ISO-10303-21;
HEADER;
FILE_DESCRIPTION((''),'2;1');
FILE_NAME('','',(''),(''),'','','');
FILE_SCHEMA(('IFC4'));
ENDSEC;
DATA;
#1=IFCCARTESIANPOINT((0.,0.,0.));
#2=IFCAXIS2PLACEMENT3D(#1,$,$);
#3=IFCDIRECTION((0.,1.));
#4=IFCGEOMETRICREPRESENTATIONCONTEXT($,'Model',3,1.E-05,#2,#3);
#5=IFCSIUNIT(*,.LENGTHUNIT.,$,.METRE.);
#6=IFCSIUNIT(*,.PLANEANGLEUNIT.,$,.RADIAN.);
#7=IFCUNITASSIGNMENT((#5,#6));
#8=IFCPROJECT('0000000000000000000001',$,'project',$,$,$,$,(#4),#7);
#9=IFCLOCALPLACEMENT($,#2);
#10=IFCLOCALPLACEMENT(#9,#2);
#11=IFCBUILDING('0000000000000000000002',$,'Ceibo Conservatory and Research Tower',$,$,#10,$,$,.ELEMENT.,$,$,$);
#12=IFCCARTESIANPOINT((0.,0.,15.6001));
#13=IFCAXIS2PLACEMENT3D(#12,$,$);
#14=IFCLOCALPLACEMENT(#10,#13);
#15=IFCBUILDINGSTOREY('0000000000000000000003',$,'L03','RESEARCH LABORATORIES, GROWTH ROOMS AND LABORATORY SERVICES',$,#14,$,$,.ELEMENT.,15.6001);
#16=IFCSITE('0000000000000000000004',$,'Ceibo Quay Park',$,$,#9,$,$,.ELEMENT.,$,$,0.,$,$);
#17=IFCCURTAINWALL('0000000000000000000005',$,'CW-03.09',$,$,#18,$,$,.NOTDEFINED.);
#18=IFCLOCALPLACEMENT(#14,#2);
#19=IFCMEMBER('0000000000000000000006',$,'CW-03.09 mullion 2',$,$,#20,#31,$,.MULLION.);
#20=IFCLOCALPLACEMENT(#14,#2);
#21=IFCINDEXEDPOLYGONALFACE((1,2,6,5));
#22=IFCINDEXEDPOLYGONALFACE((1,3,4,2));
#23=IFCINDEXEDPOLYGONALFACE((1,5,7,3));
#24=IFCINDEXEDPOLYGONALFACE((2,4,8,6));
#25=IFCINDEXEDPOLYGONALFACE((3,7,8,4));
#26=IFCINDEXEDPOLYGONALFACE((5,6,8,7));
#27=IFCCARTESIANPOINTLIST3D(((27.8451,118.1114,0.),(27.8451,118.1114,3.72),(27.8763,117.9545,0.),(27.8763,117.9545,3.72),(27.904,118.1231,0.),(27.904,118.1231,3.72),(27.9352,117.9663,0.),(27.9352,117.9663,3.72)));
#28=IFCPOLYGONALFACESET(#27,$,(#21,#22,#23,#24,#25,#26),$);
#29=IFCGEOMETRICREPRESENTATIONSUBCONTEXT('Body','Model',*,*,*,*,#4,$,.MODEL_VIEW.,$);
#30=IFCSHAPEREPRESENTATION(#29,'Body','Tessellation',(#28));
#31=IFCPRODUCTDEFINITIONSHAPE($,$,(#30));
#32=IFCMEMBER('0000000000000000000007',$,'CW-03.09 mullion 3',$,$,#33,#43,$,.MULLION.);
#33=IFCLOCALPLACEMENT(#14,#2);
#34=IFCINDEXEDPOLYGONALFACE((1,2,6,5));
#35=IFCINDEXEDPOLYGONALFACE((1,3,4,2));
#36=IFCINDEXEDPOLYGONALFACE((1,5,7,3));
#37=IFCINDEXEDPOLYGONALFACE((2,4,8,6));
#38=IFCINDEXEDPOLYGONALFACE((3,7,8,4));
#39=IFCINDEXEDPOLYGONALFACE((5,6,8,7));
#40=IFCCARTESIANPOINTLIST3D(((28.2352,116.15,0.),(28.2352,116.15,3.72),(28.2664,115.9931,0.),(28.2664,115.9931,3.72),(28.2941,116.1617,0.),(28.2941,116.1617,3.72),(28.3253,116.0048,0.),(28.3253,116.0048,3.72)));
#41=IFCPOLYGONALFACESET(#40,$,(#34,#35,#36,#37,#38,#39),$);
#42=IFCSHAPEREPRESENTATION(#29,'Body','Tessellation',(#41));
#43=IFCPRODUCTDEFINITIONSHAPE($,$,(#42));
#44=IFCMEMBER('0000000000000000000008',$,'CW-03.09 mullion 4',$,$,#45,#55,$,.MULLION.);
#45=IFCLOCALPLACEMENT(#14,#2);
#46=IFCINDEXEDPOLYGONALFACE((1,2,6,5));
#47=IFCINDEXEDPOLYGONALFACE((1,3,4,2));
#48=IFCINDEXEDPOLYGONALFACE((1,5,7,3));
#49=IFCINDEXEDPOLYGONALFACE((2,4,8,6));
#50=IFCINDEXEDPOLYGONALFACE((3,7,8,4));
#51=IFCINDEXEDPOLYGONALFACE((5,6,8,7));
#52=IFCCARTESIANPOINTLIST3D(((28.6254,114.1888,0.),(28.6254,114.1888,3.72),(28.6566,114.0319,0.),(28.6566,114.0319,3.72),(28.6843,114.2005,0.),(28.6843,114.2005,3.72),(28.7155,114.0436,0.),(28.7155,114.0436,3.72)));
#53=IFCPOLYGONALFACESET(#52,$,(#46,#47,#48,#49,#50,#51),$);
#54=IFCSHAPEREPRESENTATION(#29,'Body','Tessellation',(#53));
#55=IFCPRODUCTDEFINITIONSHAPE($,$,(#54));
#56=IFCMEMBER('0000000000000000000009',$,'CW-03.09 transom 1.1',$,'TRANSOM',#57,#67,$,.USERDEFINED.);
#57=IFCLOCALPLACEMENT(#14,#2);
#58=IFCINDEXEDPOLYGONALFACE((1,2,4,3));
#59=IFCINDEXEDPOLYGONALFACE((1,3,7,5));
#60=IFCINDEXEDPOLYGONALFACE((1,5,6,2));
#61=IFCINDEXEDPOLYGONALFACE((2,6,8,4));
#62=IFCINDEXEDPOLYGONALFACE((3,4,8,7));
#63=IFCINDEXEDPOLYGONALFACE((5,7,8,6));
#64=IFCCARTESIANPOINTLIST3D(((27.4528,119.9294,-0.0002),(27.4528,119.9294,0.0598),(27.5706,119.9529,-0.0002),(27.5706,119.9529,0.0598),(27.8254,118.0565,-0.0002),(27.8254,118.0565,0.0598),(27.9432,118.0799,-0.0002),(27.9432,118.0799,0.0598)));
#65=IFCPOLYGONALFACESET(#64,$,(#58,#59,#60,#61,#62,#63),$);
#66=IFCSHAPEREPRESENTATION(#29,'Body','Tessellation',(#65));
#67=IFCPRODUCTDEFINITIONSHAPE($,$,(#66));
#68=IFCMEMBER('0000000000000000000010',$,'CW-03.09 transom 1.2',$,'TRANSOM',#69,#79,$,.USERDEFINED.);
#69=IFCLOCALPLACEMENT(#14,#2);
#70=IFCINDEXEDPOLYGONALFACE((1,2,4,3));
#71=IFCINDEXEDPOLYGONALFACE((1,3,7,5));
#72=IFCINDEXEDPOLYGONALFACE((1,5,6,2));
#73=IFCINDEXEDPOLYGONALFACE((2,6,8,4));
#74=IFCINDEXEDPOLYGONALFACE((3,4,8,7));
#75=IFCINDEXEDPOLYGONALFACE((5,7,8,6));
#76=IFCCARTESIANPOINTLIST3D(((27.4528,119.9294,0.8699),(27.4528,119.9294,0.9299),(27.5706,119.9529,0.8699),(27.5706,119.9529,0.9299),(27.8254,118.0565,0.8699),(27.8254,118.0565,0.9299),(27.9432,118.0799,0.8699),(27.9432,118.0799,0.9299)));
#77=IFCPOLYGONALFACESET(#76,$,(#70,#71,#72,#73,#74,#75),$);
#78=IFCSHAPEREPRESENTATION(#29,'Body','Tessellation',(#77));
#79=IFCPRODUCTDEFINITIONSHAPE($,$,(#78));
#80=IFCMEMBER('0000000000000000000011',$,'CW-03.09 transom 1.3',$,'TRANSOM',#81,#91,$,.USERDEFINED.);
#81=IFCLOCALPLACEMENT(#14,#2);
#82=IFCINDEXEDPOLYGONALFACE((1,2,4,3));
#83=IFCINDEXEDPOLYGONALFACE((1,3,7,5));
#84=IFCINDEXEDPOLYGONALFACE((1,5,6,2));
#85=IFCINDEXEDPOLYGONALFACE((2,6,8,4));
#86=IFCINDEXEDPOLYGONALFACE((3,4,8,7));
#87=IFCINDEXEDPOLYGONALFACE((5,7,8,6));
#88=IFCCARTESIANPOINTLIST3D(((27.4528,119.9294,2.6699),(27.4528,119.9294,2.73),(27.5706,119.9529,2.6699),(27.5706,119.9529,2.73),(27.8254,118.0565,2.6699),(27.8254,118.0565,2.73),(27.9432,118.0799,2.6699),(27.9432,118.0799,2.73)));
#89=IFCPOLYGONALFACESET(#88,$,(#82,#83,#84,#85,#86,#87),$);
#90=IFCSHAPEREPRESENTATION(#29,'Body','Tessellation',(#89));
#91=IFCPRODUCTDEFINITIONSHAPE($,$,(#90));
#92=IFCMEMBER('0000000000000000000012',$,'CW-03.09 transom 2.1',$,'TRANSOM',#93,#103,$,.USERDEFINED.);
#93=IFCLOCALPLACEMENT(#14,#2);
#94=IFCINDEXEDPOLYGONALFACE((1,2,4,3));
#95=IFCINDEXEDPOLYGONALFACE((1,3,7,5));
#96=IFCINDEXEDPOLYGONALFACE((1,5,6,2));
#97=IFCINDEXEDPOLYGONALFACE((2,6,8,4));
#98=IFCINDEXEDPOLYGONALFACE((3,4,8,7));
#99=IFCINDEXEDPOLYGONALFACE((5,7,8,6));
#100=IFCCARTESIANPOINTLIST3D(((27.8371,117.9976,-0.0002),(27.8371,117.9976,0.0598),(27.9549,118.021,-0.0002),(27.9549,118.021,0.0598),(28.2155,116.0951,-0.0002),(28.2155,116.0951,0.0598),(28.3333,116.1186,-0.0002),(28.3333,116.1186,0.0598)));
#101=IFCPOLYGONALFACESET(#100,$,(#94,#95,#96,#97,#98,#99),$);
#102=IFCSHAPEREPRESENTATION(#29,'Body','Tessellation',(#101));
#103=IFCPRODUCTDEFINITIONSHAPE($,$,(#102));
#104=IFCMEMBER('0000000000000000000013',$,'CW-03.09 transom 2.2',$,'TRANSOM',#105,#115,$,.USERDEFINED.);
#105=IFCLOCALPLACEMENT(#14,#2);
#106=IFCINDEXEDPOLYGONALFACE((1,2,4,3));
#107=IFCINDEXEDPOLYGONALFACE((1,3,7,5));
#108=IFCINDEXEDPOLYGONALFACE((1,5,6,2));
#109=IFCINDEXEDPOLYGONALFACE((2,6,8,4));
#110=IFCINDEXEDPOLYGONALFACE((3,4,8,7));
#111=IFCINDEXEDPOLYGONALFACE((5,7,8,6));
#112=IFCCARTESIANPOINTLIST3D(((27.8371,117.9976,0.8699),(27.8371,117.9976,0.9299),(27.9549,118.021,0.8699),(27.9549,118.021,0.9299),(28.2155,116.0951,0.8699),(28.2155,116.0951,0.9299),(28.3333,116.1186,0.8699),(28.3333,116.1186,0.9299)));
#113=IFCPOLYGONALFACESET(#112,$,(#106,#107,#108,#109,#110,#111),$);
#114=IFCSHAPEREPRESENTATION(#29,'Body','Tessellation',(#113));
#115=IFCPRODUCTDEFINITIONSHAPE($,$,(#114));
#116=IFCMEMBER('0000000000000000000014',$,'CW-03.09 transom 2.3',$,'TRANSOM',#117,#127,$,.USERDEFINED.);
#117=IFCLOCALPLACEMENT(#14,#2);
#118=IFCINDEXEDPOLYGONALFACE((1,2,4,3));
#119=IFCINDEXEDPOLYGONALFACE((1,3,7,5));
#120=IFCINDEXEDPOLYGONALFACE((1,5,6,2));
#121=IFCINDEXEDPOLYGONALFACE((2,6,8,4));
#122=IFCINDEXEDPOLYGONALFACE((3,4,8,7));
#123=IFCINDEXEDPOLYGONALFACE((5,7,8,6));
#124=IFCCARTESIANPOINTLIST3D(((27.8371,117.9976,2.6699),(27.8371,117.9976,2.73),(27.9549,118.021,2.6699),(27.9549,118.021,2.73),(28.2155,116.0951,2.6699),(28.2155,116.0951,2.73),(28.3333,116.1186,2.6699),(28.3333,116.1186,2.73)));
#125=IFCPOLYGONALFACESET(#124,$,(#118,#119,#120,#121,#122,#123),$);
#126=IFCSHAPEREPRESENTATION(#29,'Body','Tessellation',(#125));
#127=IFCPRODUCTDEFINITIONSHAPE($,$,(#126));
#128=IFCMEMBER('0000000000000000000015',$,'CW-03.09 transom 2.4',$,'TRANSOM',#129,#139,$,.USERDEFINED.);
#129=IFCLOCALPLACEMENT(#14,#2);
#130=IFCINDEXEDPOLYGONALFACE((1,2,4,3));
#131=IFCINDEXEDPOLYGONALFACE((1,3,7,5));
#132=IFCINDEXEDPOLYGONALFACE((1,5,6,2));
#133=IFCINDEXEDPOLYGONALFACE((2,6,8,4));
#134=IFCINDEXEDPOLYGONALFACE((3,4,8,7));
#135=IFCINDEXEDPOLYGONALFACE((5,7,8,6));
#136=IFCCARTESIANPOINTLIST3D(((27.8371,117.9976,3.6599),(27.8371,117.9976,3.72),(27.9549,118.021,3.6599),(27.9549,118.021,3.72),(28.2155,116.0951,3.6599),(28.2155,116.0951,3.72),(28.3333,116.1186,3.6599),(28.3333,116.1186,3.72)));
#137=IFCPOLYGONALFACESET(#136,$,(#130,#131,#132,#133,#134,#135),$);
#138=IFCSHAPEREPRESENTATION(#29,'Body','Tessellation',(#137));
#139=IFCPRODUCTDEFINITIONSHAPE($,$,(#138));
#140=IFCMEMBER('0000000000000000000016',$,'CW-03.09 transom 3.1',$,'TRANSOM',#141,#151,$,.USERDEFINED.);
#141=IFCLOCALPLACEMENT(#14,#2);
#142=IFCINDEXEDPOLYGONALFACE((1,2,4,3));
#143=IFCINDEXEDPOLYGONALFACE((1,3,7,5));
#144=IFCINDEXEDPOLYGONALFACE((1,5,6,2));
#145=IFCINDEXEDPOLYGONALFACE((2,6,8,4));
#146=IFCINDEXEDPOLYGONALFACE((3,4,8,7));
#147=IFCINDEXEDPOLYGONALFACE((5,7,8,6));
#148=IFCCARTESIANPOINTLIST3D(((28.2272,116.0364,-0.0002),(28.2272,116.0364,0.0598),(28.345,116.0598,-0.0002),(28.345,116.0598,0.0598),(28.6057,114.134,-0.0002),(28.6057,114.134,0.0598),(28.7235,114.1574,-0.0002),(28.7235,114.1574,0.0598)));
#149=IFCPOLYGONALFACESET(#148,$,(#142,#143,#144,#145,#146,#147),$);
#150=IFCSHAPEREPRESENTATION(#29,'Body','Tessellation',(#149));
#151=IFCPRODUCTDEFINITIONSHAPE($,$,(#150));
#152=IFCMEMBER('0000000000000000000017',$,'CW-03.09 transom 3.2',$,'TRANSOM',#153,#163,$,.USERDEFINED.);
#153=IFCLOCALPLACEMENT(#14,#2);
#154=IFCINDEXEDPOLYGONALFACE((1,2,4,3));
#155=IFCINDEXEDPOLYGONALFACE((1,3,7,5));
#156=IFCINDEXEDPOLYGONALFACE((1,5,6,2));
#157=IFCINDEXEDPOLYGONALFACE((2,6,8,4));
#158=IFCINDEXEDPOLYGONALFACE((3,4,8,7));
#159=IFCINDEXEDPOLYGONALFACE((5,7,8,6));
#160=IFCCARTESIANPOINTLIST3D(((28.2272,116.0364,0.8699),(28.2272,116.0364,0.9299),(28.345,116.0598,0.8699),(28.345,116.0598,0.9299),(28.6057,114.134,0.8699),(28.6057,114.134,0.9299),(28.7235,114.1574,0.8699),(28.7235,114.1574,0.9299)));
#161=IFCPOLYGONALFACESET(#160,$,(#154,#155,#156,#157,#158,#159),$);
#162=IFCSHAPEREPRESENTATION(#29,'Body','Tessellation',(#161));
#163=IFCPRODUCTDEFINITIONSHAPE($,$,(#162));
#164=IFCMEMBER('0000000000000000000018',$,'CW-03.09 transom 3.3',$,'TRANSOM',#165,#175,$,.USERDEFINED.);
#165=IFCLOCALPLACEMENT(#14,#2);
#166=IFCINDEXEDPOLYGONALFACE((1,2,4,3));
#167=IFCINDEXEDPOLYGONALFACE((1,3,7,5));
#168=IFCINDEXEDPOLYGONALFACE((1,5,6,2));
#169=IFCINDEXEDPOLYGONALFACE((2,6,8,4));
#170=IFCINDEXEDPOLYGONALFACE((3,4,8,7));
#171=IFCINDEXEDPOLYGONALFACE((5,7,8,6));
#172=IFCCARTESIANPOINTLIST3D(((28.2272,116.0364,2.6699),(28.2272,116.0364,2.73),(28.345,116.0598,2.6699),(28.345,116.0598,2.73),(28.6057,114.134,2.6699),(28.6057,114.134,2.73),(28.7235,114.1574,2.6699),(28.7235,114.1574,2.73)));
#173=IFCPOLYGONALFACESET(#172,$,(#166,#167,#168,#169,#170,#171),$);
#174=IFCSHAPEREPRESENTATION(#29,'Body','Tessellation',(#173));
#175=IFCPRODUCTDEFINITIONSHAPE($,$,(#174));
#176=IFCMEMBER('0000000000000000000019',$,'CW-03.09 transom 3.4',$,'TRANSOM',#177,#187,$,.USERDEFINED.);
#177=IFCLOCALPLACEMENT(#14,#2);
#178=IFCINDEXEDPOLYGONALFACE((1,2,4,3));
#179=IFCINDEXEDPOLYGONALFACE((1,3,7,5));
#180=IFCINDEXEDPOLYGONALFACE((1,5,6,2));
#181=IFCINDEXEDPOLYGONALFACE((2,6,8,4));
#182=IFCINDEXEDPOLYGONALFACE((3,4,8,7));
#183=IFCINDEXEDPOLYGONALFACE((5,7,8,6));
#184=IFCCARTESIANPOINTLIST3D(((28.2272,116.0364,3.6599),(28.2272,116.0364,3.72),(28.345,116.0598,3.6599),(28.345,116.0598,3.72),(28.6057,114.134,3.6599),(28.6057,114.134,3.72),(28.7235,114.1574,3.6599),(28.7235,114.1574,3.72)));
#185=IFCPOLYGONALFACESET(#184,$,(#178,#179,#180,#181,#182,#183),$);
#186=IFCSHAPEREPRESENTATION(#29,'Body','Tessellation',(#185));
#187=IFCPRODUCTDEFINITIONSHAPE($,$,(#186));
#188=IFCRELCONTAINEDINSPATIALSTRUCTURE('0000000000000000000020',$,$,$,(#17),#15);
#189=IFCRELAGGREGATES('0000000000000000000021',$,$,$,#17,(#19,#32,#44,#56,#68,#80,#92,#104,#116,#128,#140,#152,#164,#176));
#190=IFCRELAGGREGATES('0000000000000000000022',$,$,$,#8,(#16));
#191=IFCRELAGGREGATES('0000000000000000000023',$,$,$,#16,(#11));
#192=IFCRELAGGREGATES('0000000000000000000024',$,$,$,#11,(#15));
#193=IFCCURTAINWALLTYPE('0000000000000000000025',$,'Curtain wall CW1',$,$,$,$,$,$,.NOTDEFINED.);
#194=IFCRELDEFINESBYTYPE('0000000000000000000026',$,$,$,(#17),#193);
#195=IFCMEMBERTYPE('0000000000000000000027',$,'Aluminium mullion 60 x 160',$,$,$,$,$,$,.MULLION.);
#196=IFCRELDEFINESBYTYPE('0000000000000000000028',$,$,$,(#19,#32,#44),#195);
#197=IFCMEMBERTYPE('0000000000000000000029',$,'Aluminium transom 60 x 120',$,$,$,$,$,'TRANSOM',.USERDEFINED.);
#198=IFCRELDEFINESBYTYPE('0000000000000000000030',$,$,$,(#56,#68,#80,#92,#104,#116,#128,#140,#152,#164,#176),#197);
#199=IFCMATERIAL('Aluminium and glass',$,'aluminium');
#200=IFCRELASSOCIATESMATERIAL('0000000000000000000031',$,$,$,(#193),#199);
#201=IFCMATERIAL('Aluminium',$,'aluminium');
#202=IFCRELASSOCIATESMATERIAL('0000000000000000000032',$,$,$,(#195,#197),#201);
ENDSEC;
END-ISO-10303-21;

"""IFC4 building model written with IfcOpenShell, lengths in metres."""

from ifc_helpers import new_model, si_unit, direction, frame, origin, origin_2d, place, context, subcontext, project, spatial, rectangle, extrude, material, material_profile, profile_set, type_object, element, aggregate, save


model = new_model("IFC4")

# Units and contexts
model_context = context("Model", 3, precision=1e-05, world=origin(), true_north=direction((0.0, 1.0)))
body_context = subcontext(model_context, "Body", "Model", "MODEL_VIEW")
ifc_project = project(units=[si_unit("LENGTHUNIT", "METRE"), si_unit("PLANEANGLEUNIT", "RADIAN")], contexts=[model_context])

# Site, building, storey
site_placement = place(None, origin())
site = spatial("IfcSite", under=ifc_project, at=site_placement, Name="Ceibo Quay Park", CompositionType="ELEMENT", RefElevation=0.0)
building_placement = place(site_placement, origin())
building = spatial("IfcBuilding", under=site, at=building_placement, Name="Ceibo Conservatory and Research Tower", CompositionType="ELEMENT")
storey_placement = place(building_placement, frame((0.0, 0.0, 15.6001)))
storey = spatial("IfcBuildingStorey", under=building, at=storey_placement, Name="L03", Description="RESEARCH LABORATORIES, GROWTH ROOMS AND LABORATORY SERVICES", CompositionType="ELEMENT", Elevation=15.6001)

# Curtain wall, members
ifc_material_1 = material(Name="Aluminium and glass", Category="aluminium")
curtain_wall_type = type_object("IfcCurtainWallType", Name="Curtain wall CW1", PredefinedType="NOTDEFINED", material=ifc_material_1)
curtain_wall_placement = place(storey_placement, origin())
curtain_wall = element("IfcCurtainWall", 1, at=curtain_wall_placement, inside=storey, type_object=curtain_wall_type, Name="CW-03.09", PredefinedType="NOTDEFINED")
ifc_material_2 = material(Name="Aluminium", Category="aluminium")
ifc_material_profile_1 = material_profile(ifc_material_2, rectangle(XDim=0.0601, YDim=0.1599, at=origin_2d()), Name="Aluminium 60 x 160")
ifc_profile_set_1 = profile_set([ifc_material_profile_1], Name="Aluminium")
member_type_1 = type_object("IfcMemberType", Name="Aluminium mullion 60 x 160", PredefinedType="MULLION", material=ifc_profile_set_1)
member_1_placement = place(storey_placement, frame((27.8901, 118.0388, 0.0), z_axis=(0.0, 0.0, 1.0), x_axis=(0.980785, 0.19509, 0.0)))
member_1 = element("IfcMember", 2, at=member_1_placement, type_object=member_type_1, Name="CW-03.09 mullion 2", PredefinedType="MULLION", context=body_context, shape_type="SweptSolid", body=[
    extrude(rectangle(XDim=0.0601, YDim=0.1599, at=origin_2d()), origin(), (0.0, 0.0, 1.0), 3.72),
])
member_2_placement = place(storey_placement, frame((28.2803, 116.0774, 0.0), z_axis=(0.0, 0.0, 1.0), x_axis=(0.980785, 0.19509, 0.0)))
member_2 = element("IfcMember", 3, at=member_2_placement, type_object=member_type_1, Name="CW-03.09 mullion 3", PredefinedType="MULLION", context=body_context, shape_type="SweptSolid", body=[
    extrude(rectangle(XDim=0.0601, YDim=0.1599, at=origin_2d()), origin(), (0.0, 0.0, 1.0), 3.72),
])
member_3_placement = place(storey_placement, frame((28.6704, 114.1162, 0.0), z_axis=(0.0, 0.0, 1.0), x_axis=(0.980785, 0.19509, 0.0)))
member_3 = element("IfcMember", 4, at=member_3_placement, type_object=member_type_1, Name="CW-03.09 mullion 4", PredefinedType="MULLION", context=body_context, shape_type="SweptSolid", body=[
    extrude(rectangle(XDim=0.0601, YDim=0.1599, at=origin_2d()), origin(), (0.0, 0.0, 1.0), 3.72),
])
ifc_material_profile_2 = material_profile(ifc_material_2, rectangle(XDim=0.1201, YDim=0.0601, at=origin_2d()), Name="Aluminium 60 x 120")
ifc_profile_set_2 = profile_set([ifc_material_profile_2], Name="Aluminium")
member_type_2 = type_object("IfcMemberType", Name="Aluminium transom 60 x 120", ElementType="TRANSOM", PredefinedType="USERDEFINED", material=ifc_profile_set_2)
member_4_placement = place(storey_placement, frame((27.5117, 119.9412, 0.0298), z_axis=(0.195083, -0.980787, 0.0), x_axis=(0.980787, 0.195083, 0.0)))
member_4 = element("IfcMember", 5, at=member_4_placement, type_object=member_type_2, Name="CW-03.09 transom 1.1", ObjectType="TRANSOM", PredefinedType="USERDEFINED", context=body_context, shape_type="SweptSolid", body=[
    extrude(rectangle(XDim=0.1201, YDim=0.0601, at=origin_2d()), origin(), (0.0, 0.0, 1.0), 1.9097),
])
member_5_placement = place(storey_placement, frame((27.5117, 119.9412, 0.8999), z_axis=(0.195083, -0.980787, 0.0), x_axis=(0.980787, 0.195083, 0.0)))
member_5 = element("IfcMember", 6, at=member_5_placement, type_object=member_type_2, Name="CW-03.09 transom 1.2", ObjectType="TRANSOM", PredefinedType="USERDEFINED", context=body_context, shape_type="SweptSolid", body=[
    extrude(rectangle(XDim=0.1201, YDim=0.0601, at=origin_2d()), origin(), (0.0, 0.0, 1.0), 1.9097),
])
member_6_placement = place(storey_placement, frame((27.5117, 119.9412, 2.7), z_axis=(0.195083, -0.980787, 0.0), x_axis=(0.980787, 0.195083, 0.0)))
member_6 = element("IfcMember", 7, at=member_6_placement, type_object=member_type_2, Name="CW-03.09 transom 1.3", ObjectType="TRANSOM", PredefinedType="USERDEFINED", context=body_context, shape_type="SweptSolid", body=[
    extrude(rectangle(XDim=0.1201, YDim=0.0601, at=origin_2d()), origin(), (0.0, 0.0, 1.0), 1.9097),
])
member_7_placement = place(storey_placement, frame((27.896, 118.0093, 0.0298), z_axis=(0.195099, -0.980783, 0.0), x_axis=(0.980783, 0.195099, 0.0)))
member_7 = element("IfcMember", 8, at=member_7_placement, type_object=member_type_2, Name="CW-03.09 transom 2.1", ObjectType="TRANSOM", PredefinedType="USERDEFINED", context=body_context, shape_type="SweptSolid", body=[
    extrude(rectangle(XDim=0.1201, YDim=0.0601, at=origin_2d()), origin(), (0.0, 0.0, 1.0), 1.9397),
])
member_8_placement = place(storey_placement, frame((27.896, 118.0093, 0.8999), z_axis=(0.195099, -0.980783, 0.0), x_axis=(0.980783, 0.195099, 0.0)))
member_8 = element("IfcMember", 9, at=member_8_placement, type_object=member_type_2, Name="CW-03.09 transom 2.2", ObjectType="TRANSOM", PredefinedType="USERDEFINED", context=body_context, shape_type="SweptSolid", body=[
    extrude(rectangle(XDim=0.1201, YDim=0.0601, at=origin_2d()), origin(), (0.0, 0.0, 1.0), 1.9397),
])
member_9_placement = place(storey_placement, frame((27.896, 118.0093, 2.7), z_axis=(0.195099, -0.980783, 0.0), x_axis=(0.980783, 0.195099, 0.0)))
member_9 = element("IfcMember", 10, at=member_9_placement, type_object=member_type_2, Name="CW-03.09 transom 2.3", ObjectType="TRANSOM", PredefinedType="USERDEFINED", context=body_context, shape_type="SweptSolid", body=[
    extrude(rectangle(XDim=0.1201, YDim=0.0601, at=origin_2d()), origin(), (0.0, 0.0, 1.0), 1.9397),
])
member_10_placement = place(storey_placement, frame((27.896, 118.0093, 3.6899), z_axis=(0.195099, -0.980783, 0.0), x_axis=(0.980783, 0.195099, 0.0)))
member_10 = element("IfcMember", 11, at=member_10_placement, type_object=member_type_2, Name="CW-03.09 transom 2.4", ObjectType="TRANSOM", PredefinedType="USERDEFINED", context=body_context, shape_type="SweptSolid", body=[
    extrude(rectangle(XDim=0.1201, YDim=0.0601, at=origin_2d()), origin(), (0.0, 0.0, 1.0), 1.9397),
])
member_11_placement = place(storey_placement, frame((28.2861, 116.0481, 0.0298), z_axis=(0.195099, -0.980783, 0.0), x_axis=(0.980783, 0.195099, 0.0)))
member_11 = element("IfcMember", 12, at=member_11_placement, type_object=member_type_2, Name="CW-03.09 transom 3.1", ObjectType="TRANSOM", PredefinedType="USERDEFINED", context=body_context, shape_type="SweptSolid", body=[
    extrude(rectangle(XDim=0.1201, YDim=0.0601, at=origin_2d()), origin(), (0.0, 0.0, 1.0), 1.9397),
])
member_12_placement = place(storey_placement, frame((28.2861, 116.0481, 0.8999), z_axis=(0.195099, -0.980783, 0.0), x_axis=(0.980783, 0.195099, 0.0)))
member_12 = element("IfcMember", 13, at=member_12_placement, type_object=member_type_2, Name="CW-03.09 transom 3.2", ObjectType="TRANSOM", PredefinedType="USERDEFINED", context=body_context, shape_type="SweptSolid", body=[
    extrude(rectangle(XDim=0.1201, YDim=0.0601, at=origin_2d()), origin(), (0.0, 0.0, 1.0), 1.9397),
])
member_13_placement = place(storey_placement, frame((28.2861, 116.0481, 2.7), z_axis=(0.195099, -0.980783, 0.0), x_axis=(0.980783, 0.195099, 0.0)))
member_13 = element("IfcMember", 14, at=member_13_placement, type_object=member_type_2, Name="CW-03.09 transom 3.3", ObjectType="TRANSOM", PredefinedType="USERDEFINED", context=body_context, shape_type="SweptSolid", body=[
    extrude(rectangle(XDim=0.1201, YDim=0.0601, at=origin_2d()), origin(), (0.0, 0.0, 1.0), 1.9397),
])
member_14_placement = place(storey_placement, frame((28.2861, 116.0481, 3.6899), z_axis=(0.195099, -0.980783, 0.0), x_axis=(0.980783, 0.195099, 0.0)))
member_14 = element("IfcMember", 15, at=member_14_placement, type_object=member_type_2, Name="CW-03.09 transom 3.4", ObjectType="TRANSOM", PredefinedType="USERDEFINED", context=body_context, shape_type="SweptSolid", body=[
    extrude(rectangle(XDim=0.1201, YDim=0.0601, at=origin_2d()), origin(), (0.0, 0.0, 1.0), 1.9397),
])

aggregate(curtain_wall, [member_1, member_2, member_3, member_4, member_5, member_6, member_7, member_8, member_9, member_10, member_11, member_12, member_13, member_14])

save(model, "model.ifc")
